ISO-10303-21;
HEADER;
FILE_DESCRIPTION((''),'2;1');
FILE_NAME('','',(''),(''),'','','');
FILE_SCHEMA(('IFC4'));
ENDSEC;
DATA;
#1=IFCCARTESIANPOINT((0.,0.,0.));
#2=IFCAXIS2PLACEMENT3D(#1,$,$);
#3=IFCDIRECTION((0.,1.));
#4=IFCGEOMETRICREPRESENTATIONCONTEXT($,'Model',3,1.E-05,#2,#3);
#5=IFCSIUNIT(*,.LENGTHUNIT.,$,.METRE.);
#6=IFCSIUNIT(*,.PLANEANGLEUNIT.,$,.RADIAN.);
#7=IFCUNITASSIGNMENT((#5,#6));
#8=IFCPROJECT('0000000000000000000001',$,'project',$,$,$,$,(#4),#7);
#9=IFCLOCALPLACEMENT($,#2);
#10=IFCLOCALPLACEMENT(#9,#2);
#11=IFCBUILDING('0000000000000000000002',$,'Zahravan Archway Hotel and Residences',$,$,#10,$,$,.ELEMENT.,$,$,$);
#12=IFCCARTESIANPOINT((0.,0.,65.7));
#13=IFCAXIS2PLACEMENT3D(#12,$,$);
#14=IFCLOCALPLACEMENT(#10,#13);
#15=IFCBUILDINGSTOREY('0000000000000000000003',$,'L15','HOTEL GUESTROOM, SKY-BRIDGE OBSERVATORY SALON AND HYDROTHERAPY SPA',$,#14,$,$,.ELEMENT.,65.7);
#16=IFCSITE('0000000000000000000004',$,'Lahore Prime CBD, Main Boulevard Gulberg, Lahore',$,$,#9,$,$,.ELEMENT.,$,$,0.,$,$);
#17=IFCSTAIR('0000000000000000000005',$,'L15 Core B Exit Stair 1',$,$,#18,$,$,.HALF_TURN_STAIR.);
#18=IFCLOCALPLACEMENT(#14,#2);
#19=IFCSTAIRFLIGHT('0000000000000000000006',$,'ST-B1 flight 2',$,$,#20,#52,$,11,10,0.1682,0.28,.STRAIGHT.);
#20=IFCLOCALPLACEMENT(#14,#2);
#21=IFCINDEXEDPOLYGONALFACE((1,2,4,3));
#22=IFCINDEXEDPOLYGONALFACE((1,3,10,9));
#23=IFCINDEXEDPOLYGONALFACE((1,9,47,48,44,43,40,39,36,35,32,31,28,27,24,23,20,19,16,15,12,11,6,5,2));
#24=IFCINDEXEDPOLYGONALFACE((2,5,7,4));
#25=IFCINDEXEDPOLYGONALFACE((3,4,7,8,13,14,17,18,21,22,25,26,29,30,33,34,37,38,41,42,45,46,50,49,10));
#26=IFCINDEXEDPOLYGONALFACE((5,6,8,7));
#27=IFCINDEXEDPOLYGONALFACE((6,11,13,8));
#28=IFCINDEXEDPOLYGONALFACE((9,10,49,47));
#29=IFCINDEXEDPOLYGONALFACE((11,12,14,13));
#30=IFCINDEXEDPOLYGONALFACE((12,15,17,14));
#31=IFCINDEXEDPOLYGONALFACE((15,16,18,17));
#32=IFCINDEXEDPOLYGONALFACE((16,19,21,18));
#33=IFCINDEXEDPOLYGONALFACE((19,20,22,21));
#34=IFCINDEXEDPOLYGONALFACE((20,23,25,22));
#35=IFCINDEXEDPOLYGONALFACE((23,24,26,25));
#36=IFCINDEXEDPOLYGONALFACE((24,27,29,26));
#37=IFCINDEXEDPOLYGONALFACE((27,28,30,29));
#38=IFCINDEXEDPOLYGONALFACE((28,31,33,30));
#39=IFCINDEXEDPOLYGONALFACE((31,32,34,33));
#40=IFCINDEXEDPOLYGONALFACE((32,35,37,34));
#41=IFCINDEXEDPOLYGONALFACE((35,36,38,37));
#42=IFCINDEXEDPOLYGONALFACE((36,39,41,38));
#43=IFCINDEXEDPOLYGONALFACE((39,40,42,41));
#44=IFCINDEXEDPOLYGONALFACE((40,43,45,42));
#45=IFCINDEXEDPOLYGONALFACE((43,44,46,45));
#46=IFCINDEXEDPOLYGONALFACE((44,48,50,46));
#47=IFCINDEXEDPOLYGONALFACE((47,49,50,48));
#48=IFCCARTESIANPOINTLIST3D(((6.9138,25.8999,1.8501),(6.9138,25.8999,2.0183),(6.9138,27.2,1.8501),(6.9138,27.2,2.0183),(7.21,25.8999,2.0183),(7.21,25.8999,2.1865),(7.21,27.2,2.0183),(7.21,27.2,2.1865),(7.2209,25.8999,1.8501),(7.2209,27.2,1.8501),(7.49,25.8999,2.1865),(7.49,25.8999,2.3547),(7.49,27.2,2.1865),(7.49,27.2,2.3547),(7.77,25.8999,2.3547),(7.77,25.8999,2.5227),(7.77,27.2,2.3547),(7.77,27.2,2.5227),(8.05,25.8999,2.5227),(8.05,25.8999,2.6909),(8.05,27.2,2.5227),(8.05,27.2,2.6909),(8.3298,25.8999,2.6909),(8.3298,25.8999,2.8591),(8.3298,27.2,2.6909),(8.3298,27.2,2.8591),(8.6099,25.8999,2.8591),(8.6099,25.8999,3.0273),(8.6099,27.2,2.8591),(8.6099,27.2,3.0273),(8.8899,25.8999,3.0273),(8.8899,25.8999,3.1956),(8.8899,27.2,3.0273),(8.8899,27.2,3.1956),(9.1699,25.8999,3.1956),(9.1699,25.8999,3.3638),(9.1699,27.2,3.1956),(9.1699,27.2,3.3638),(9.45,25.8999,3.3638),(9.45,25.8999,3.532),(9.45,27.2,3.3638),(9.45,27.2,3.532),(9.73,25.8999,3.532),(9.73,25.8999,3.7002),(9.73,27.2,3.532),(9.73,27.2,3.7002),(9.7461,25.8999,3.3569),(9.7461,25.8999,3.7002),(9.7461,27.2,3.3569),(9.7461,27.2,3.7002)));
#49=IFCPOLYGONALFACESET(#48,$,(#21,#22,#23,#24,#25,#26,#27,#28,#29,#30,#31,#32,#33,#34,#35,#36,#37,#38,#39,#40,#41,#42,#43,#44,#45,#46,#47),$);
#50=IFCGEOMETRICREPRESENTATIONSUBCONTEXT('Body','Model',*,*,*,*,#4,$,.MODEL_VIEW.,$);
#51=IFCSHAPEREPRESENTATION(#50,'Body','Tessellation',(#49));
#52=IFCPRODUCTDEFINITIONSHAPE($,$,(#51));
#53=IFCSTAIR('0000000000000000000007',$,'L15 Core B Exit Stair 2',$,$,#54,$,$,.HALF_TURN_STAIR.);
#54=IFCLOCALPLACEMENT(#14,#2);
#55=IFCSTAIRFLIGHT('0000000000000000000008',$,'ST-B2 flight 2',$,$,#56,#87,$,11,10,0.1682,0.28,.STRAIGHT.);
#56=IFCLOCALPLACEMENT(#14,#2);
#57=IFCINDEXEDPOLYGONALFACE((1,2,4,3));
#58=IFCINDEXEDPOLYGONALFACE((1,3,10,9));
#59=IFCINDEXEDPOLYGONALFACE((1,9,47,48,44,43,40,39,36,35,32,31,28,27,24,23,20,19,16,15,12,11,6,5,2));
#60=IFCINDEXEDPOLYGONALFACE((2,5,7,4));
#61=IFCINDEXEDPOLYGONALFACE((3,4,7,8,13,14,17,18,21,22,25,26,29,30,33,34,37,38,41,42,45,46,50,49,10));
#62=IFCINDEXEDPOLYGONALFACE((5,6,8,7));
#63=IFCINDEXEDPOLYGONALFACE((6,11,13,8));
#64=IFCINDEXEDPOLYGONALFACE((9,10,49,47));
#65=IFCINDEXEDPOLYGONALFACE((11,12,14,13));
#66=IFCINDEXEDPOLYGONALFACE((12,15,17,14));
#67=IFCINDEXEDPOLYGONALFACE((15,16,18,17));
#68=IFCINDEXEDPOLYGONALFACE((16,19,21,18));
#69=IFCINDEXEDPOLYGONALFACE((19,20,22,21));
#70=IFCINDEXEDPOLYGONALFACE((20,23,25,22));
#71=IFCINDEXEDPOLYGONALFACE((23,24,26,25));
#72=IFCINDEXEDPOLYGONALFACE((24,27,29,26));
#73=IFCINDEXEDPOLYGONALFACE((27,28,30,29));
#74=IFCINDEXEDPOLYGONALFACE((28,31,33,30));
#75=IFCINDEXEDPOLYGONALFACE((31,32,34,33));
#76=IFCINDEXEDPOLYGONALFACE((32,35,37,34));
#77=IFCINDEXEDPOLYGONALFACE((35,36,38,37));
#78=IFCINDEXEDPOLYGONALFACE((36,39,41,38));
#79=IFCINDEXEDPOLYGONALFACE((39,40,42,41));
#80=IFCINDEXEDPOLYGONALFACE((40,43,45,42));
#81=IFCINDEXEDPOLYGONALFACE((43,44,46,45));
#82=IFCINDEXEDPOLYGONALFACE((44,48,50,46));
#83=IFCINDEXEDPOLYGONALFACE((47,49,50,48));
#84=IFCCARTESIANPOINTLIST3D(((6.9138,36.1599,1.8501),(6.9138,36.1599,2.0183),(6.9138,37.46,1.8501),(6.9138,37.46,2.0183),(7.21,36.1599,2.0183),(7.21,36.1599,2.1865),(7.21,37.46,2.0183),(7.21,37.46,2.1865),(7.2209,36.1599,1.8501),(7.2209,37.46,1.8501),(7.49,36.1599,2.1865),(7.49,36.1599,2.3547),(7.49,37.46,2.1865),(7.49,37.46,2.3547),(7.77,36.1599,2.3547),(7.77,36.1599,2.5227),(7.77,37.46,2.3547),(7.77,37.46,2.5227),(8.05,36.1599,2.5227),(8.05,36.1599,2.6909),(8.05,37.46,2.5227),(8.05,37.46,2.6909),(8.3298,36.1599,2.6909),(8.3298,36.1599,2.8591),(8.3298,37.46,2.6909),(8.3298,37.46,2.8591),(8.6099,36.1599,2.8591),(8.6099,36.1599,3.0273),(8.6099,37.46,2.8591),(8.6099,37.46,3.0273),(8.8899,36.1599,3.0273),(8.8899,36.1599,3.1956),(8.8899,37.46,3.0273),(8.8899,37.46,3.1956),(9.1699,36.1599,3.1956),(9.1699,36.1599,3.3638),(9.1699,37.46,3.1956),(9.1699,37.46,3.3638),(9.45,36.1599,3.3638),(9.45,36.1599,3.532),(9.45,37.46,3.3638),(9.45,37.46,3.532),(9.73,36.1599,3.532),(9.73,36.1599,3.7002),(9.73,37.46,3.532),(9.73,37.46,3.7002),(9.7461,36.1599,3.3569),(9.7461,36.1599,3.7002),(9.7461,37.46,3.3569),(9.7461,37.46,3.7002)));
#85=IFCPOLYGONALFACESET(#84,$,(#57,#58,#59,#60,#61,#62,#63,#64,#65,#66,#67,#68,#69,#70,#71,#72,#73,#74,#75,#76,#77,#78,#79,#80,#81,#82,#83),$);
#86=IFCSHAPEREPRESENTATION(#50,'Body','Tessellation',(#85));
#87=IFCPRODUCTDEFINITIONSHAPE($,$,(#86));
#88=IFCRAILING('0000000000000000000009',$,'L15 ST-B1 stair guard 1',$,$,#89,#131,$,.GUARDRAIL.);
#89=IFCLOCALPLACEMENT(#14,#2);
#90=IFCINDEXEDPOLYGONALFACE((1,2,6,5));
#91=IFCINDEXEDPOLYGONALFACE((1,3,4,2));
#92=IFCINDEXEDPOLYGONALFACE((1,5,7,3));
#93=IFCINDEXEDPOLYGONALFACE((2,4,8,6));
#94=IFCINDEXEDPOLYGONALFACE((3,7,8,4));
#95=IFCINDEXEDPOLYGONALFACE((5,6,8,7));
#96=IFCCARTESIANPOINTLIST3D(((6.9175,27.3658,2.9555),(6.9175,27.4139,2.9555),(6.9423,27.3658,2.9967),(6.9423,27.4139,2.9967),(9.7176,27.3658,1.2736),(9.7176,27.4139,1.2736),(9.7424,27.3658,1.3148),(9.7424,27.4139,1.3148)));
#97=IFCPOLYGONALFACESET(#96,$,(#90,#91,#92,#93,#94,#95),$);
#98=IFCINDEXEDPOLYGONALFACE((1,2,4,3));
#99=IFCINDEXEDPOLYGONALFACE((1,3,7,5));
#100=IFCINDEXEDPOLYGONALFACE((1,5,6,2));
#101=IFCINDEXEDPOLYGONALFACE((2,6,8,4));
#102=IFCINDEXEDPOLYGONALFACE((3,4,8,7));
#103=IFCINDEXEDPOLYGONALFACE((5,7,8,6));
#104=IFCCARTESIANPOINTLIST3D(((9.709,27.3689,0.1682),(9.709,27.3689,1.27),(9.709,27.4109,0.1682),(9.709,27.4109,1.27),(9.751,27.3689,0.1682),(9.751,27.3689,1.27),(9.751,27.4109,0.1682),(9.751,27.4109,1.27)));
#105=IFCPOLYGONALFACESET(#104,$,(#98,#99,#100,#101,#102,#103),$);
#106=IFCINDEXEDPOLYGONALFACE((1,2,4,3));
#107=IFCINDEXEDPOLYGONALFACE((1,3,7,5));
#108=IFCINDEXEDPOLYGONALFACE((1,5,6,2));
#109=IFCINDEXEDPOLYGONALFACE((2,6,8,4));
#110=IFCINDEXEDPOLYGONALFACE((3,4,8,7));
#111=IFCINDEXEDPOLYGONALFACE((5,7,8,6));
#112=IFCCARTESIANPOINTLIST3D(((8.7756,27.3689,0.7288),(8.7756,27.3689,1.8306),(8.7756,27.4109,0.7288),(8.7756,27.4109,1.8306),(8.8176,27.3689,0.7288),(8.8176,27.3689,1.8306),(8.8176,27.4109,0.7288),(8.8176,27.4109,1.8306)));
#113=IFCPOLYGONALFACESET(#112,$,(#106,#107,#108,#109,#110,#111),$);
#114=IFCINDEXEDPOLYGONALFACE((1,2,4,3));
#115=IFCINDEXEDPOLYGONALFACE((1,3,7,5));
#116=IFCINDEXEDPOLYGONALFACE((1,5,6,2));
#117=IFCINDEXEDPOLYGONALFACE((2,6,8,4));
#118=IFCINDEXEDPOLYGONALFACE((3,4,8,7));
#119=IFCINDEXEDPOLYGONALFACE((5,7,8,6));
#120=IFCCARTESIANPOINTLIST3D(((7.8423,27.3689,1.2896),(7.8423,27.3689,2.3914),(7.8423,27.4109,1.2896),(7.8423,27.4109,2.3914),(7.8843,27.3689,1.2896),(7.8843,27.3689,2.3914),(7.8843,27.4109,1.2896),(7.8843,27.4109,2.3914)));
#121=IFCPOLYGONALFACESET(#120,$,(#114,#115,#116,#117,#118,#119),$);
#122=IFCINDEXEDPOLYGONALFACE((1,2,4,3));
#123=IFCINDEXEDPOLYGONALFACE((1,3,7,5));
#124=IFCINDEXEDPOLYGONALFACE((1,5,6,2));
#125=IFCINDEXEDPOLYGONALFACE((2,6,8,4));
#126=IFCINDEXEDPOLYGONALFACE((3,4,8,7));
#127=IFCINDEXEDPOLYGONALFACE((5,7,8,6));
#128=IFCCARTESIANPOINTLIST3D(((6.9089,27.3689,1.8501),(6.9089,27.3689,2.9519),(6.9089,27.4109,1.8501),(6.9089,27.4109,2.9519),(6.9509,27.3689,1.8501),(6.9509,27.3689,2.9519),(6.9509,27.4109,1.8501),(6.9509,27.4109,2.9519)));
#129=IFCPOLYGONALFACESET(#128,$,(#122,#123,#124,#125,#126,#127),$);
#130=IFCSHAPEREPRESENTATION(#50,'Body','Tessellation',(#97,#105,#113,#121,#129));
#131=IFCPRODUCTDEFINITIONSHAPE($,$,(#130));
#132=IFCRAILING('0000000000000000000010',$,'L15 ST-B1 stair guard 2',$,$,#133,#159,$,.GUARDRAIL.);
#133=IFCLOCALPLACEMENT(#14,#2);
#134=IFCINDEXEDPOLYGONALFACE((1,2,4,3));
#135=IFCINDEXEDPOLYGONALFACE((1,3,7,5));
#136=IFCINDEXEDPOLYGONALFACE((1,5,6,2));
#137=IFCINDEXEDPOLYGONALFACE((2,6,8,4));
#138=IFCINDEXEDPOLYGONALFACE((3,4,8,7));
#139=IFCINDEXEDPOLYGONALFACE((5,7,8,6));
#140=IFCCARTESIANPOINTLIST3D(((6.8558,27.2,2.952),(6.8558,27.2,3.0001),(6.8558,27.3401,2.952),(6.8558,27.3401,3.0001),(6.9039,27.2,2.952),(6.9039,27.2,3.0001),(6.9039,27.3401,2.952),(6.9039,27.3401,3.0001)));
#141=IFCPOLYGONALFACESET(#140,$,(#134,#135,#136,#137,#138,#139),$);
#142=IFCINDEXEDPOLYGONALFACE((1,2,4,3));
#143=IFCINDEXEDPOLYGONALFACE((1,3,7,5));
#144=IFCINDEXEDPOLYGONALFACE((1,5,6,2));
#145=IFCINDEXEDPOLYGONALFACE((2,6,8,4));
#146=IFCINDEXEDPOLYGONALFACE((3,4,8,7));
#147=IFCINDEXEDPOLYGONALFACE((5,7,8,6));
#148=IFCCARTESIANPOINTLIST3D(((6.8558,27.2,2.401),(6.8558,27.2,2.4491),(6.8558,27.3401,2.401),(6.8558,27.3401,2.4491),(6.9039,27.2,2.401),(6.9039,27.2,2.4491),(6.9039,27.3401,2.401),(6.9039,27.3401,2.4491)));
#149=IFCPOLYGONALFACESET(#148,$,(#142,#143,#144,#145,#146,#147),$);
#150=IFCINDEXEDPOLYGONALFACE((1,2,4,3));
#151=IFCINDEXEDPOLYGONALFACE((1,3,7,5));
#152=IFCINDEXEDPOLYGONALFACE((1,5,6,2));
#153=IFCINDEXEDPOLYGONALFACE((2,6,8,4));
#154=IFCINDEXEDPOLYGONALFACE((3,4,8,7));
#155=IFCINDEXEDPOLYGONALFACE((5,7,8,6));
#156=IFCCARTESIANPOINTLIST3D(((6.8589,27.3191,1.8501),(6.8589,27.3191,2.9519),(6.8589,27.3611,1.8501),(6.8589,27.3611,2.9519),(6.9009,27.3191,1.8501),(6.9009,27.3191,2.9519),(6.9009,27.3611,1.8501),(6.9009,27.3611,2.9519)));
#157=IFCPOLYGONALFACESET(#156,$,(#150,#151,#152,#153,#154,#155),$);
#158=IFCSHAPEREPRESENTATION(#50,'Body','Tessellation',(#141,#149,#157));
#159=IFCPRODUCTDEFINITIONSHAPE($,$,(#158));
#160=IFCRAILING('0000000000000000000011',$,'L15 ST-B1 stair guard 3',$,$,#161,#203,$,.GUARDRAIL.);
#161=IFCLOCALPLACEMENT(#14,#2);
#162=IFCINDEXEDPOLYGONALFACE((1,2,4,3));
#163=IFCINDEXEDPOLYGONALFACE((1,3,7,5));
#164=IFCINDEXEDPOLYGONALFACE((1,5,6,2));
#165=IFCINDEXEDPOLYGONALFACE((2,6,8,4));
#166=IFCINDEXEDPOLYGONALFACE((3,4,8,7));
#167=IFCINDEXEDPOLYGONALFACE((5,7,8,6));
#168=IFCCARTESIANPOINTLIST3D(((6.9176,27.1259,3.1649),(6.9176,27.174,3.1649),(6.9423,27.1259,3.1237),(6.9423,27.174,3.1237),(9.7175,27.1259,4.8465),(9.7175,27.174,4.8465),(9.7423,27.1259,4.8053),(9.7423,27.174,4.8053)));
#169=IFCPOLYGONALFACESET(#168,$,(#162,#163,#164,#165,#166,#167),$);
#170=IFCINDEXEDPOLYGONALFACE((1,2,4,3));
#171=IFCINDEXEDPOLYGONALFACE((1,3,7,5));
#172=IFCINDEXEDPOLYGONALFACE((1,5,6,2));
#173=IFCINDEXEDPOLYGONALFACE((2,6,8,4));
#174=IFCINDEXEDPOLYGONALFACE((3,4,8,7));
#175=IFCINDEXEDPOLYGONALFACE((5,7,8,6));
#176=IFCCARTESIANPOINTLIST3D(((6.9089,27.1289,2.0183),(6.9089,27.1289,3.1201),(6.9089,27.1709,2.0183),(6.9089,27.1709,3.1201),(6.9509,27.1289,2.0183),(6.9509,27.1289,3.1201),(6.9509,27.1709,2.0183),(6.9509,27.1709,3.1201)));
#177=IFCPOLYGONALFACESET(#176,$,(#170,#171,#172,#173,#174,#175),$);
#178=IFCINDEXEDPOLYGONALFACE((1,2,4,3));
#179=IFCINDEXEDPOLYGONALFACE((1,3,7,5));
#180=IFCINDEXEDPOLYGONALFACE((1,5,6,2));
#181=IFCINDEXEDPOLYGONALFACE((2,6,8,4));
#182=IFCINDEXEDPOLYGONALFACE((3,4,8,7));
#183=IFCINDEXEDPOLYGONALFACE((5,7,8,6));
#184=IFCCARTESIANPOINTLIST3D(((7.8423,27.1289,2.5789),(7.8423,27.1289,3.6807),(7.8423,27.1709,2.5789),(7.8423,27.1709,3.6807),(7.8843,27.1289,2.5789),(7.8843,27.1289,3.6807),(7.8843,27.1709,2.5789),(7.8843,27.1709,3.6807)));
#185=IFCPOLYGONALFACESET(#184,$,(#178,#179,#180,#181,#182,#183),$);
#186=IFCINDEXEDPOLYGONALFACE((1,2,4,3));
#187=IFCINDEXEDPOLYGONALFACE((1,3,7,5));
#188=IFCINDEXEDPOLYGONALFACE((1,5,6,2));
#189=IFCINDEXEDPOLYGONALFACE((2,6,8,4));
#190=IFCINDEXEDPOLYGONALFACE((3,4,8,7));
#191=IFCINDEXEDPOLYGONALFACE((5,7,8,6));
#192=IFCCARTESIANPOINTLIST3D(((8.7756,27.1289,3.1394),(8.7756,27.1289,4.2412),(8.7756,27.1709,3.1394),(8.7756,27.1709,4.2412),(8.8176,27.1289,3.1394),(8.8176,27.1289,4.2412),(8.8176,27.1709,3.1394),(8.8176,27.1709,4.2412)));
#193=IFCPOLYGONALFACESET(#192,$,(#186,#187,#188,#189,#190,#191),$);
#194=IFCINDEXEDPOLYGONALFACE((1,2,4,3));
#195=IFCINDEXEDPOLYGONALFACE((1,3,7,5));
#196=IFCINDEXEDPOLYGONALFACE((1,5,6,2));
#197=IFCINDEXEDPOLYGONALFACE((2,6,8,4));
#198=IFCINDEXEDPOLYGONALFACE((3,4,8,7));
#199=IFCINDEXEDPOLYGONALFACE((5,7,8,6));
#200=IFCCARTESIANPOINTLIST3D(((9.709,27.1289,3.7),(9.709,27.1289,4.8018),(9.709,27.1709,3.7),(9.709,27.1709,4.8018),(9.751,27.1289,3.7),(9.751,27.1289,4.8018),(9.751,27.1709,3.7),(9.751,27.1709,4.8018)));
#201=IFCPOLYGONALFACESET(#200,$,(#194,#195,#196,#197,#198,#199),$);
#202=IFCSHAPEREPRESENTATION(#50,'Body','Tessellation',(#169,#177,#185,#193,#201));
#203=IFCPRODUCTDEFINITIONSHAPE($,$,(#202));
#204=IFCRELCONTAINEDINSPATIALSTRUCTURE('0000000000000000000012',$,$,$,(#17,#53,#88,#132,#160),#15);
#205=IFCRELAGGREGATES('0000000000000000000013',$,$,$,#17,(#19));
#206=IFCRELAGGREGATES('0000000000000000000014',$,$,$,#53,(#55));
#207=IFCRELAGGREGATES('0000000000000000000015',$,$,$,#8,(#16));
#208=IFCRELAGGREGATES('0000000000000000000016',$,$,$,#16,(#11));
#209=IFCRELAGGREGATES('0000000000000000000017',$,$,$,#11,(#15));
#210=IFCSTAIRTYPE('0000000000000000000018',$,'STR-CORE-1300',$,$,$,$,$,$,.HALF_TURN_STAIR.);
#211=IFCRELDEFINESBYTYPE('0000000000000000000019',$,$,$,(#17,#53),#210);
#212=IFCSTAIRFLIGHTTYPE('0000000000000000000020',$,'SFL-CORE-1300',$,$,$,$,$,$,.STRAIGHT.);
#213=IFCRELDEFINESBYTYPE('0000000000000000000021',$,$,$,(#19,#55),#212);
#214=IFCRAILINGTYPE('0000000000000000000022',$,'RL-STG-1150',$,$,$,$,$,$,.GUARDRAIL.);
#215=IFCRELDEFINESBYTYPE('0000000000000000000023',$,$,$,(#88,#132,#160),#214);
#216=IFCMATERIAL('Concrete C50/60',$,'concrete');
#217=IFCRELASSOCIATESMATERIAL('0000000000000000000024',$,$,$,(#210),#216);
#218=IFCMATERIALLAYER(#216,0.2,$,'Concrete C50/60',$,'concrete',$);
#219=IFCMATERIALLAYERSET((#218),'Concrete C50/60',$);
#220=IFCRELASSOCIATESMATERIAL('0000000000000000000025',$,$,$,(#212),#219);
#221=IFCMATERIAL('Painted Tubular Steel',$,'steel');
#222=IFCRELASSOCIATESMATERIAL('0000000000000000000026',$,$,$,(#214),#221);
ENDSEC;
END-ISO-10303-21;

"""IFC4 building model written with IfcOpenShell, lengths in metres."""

from ifc_helpers import new_model, si_unit, direction, frame, origin, origin_2d, place, context, subcontext, project, spatial, polyline, rectangle, outline, extrude, source, transform, mapped, material, layer, layer_set, type_object, element, aggregate, save


model = new_model("IFC4")

# Units and contexts
model_context = context("Model", 3, precision=1e-05, world=origin(), true_north=direction((0.0, 1.0)))
body_context = subcontext(model_context, "Body", "Model", "MODEL_VIEW")
ifc_project = project(units=[si_unit("LENGTHUNIT", "METRE"), si_unit("PLANEANGLEUNIT", "RADIAN")], contexts=[model_context])

# Site, building, storey
site_placement = place(None, origin())
site = spatial("IfcSite", under=ifc_project, at=site_placement, Name="Lahore Prime CBD, Main Boulevard Gulberg, Lahore", CompositionType="ELEMENT", RefElevation=0.0)
building_placement = place(site_placement, origin())
building = spatial("IfcBuilding", under=site, at=building_placement, Name="Zahravan Archway Hotel and Residences", CompositionType="ELEMENT")
storey_placement = place(building_placement, frame((0.0, 0.0, 65.7)))
storey = spatial("IfcBuildingStorey", under=building, at=storey_placement, Name="L15", Description="HOTEL GUESTROOM, SKY-BRIDGE OBSERVATORY SALON AND HYDROTHERAPY SPA", CompositionType="ELEMENT", Elevation=65.7)

# Shared definitions
ifc_material_1 = material(Name="Concrete C50/60", Category="concrete")

# Stair, stair flight
stair_type = type_object("IfcStairType", Name="STR-CORE-1300", PredefinedType="HALF_TURN_STAIR", material=ifc_material_1)
stair_1_placement = place(storey_placement, origin())
stair_1 = element("IfcStair", 1, at=stair_1_placement, inside=storey, type_object=stair_type, Name="L15 Core B Exit Stair 1", PredefinedType="HALF_TURN_STAIR")
ifc_layer_1 = layer(ifc_material_1, 0.2, Name="Concrete C50/60", Category="concrete")
ifc_layer_set_1 = layer_set([ifc_layer_1], Name="Concrete C50/60")
stair_flight_type = type_object("IfcStairFlightType", Name="SFL-CORE-1300", PredefinedType="STRAIGHT", material=ifc_layer_set_1)
shared_shape_1 = source(origin(), body_context, "Body", "SweptSolid", [
    extrude(outline(polyline([(-0.0161, 0.0), (-0.0161, 0.1682), (0.28, 0.1682), (0.28, 0.3364), (0.5601, 0.3364), (0.5601, 0.5046), (0.8401, 0.5046), (0.8401, 0.6726), (1.1201, 0.6726), (1.1201, 0.8408), (1.3999, 0.8408), (1.3999, 1.009), (1.6799, 1.009), (1.6799, 1.1772), (1.96, 1.1772), (1.96, 1.3455), (2.24, 1.3455), (2.24, 1.5137), (2.52, 1.5137), (2.52, 1.6819), (2.8, 1.6819), (2.8, 1.8501), (2.8162, 1.8501), (2.8162, 1.5068), (0.291, 0.0), (-0.0161, 0.0)])), frame((0.0, 0.6499, 0.0), z_axis=(0.0, -1.0, 0.0), x_axis=(1.0, 0.0, 0.0)), (0.0, 0.0, 1.0), 1.3),
])
stair_flight_1_placement = place(storey_placement, frame((6.9299, 26.55, 1.8501), z_axis=(0.0, 0.0, 1.0), x_axis=(1.0, 0.0, 0.0)))
stair_flight_1 = element("IfcStairFlight", 2, at=stair_flight_1_placement, type_object=stair_flight_type, Name="ST-B1 flight 2", NumberOfRisers=11, NumberOfTreads=10, PredefinedType="STRAIGHT", RiserHeight=0.1682, TreadLength=0.28, context=body_context, shape_type="MappedRepresentation", body=[
    mapped(shared_shape_1, transform((0.0, 0.0, 0.0), scale=1.0)),
])
aggregate(stair_1, [stair_flight_1])

# Stair, stair flight
stair_2_placement = place(storey_placement, origin())
stair_2 = element("IfcStair", 3, at=stair_2_placement, inside=storey, type_object=stair_type, Name="L15 Core B Exit Stair 2", PredefinedType="HALF_TURN_STAIR")
stair_flight_2_placement = place(storey_placement, frame((6.9299, 36.8101, 1.8501), z_axis=(0.0, 0.0, 1.0), x_axis=(1.0, 0.0, 0.0)))
stair_flight_2 = element("IfcStairFlight", 4, at=stair_flight_2_placement, type_object=stair_flight_type, Name="ST-B2 flight 2", NumberOfRisers=11, NumberOfTreads=10, PredefinedType="STRAIGHT", RiserHeight=0.1682, TreadLength=0.28, context=body_context, shape_type="MappedRepresentation", body=[
    mapped(shared_shape_1, transform((0.0, 0.0, 0.0), scale=1.0)),
])
aggregate(stair_2, [stair_flight_2])

# Railings
ifc_material_2 = material(Name="Painted Tubular Steel", Category="steel")
railing_type_1 = type_object("IfcRailingType", Name="RL-STG-1150", PredefinedType="GUARDRAIL", material=ifc_material_2)
railing_1_placement = place(storey_placement, frame((9.73, 27.3899, 0.1682)))
element("IfcRailing", 5, at=railing_1_placement, inside=storey, type_object=railing_type_1, Name="L15 ST-B1 stair guard 1", PredefinedType="GUARDRAIL", context=body_context, shape_type="SweptSolid", body=[
    extrude(rectangle(XDim=0.0481, YDim=0.0481, at=origin_2d()), frame((0.0, 0.0, 1.126), z_axis=(-0.857242, 0.0, 0.514913), x_axis=(0.0, -1.0, 0.0)), (0.0, 0.0, 1.0), 3.2664),
    extrude(rectangle(XDim=0.042, YDim=0.042, at=origin_2d()), origin(), (0.0, 0.0, 1.0), 1.1018),
    extrude(rectangle(XDim=0.042, YDim=0.042, at=origin_2d()), frame((-0.9333, 0.0, 0.5605)), (0.0, 0.0, 1.0), 1.1018),
    extrude(rectangle(XDim=0.042, YDim=0.042, at=origin_2d()), frame((-1.8667, 0.0, 1.1213)), (0.0, 0.0, 1.0), 1.1018),
    extrude(rectangle(XDim=0.042, YDim=0.042, at=origin_2d()), frame((-2.8, 0.0, 1.6819)), (0.0, 0.0, 1.0), 1.1018),
])
railing_2_placement = place(storey_placement, frame((6.8799, 27.3401, 1.8501)))
element("IfcRailing", 6, at=railing_2_placement, inside=storey, type_object=railing_type_1, Name="L15 ST-B1 stair guard 2", PredefinedType="GUARDRAIL", context=body_context, shape_type="SweptSolid", body=[
    extrude(rectangle(XDim=0.0481, YDim=0.0481, at=origin_2d()), frame((0.0, 0.0, 1.126), z_axis=(0.0, -1.0, 0.0), x_axis=(1.0, 0.0, 0.0)), (0.0, 0.0, 1.0), 0.1401),
    extrude(rectangle(XDim=0.0481, YDim=0.0481, at=origin_2d()), frame((0.0, 0.0, 0.575), z_axis=(0.0, -1.0, 0.0), x_axis=(1.0, 0.0, 0.0)), (0.0, 0.0, 1.0), 0.1401),
    extrude(rectangle(XDim=0.042, YDim=0.042, at=origin_2d()), origin(), (0.0, 0.0, 1.0), 1.1018),
])
railing_3_placement = place(storey_placement, frame((6.9299, 27.1499, 2.0183)))
element("IfcRailing", 7, at=railing_3_placement, inside=storey, type_object=railing_type_1, Name="L15 ST-B1 stair guard 3", PredefinedType="GUARDRAIL", context=body_context, shape_type="SweptSolid", body=[
    extrude(rectangle(XDim=0.0481, YDim=0.0481, at=origin_2d()), frame((0.0, 0.0, 1.126), z_axis=(0.857275, 0.0, 0.514858), x_axis=(0.0, 1.0, 0.0)), (0.0, 0.0, 1.0), 3.2661),
    extrude(rectangle(XDim=0.042, YDim=0.042, at=origin_2d()), origin(), (0.0, 0.0, 1.0), 1.1018),
    extrude(rectangle(XDim=0.042, YDim=0.042, at=origin_2d()), frame((0.9333, 0.0, 0.5605)), (0.0, 0.0, 1.0), 1.1018),
    extrude(rectangle(XDim=0.042, YDim=0.042, at=origin_2d()), frame((1.8667, 0.0, 1.1211)), (0.0, 0.0, 1.0), 1.1018),
    extrude(rectangle(XDim=0.042, YDim=0.042, at=origin_2d()), frame((2.8, 0.0, 1.6816)), (0.0, 0.0, 1.0), 1.1018),
])

save(model, "model.ifc")
